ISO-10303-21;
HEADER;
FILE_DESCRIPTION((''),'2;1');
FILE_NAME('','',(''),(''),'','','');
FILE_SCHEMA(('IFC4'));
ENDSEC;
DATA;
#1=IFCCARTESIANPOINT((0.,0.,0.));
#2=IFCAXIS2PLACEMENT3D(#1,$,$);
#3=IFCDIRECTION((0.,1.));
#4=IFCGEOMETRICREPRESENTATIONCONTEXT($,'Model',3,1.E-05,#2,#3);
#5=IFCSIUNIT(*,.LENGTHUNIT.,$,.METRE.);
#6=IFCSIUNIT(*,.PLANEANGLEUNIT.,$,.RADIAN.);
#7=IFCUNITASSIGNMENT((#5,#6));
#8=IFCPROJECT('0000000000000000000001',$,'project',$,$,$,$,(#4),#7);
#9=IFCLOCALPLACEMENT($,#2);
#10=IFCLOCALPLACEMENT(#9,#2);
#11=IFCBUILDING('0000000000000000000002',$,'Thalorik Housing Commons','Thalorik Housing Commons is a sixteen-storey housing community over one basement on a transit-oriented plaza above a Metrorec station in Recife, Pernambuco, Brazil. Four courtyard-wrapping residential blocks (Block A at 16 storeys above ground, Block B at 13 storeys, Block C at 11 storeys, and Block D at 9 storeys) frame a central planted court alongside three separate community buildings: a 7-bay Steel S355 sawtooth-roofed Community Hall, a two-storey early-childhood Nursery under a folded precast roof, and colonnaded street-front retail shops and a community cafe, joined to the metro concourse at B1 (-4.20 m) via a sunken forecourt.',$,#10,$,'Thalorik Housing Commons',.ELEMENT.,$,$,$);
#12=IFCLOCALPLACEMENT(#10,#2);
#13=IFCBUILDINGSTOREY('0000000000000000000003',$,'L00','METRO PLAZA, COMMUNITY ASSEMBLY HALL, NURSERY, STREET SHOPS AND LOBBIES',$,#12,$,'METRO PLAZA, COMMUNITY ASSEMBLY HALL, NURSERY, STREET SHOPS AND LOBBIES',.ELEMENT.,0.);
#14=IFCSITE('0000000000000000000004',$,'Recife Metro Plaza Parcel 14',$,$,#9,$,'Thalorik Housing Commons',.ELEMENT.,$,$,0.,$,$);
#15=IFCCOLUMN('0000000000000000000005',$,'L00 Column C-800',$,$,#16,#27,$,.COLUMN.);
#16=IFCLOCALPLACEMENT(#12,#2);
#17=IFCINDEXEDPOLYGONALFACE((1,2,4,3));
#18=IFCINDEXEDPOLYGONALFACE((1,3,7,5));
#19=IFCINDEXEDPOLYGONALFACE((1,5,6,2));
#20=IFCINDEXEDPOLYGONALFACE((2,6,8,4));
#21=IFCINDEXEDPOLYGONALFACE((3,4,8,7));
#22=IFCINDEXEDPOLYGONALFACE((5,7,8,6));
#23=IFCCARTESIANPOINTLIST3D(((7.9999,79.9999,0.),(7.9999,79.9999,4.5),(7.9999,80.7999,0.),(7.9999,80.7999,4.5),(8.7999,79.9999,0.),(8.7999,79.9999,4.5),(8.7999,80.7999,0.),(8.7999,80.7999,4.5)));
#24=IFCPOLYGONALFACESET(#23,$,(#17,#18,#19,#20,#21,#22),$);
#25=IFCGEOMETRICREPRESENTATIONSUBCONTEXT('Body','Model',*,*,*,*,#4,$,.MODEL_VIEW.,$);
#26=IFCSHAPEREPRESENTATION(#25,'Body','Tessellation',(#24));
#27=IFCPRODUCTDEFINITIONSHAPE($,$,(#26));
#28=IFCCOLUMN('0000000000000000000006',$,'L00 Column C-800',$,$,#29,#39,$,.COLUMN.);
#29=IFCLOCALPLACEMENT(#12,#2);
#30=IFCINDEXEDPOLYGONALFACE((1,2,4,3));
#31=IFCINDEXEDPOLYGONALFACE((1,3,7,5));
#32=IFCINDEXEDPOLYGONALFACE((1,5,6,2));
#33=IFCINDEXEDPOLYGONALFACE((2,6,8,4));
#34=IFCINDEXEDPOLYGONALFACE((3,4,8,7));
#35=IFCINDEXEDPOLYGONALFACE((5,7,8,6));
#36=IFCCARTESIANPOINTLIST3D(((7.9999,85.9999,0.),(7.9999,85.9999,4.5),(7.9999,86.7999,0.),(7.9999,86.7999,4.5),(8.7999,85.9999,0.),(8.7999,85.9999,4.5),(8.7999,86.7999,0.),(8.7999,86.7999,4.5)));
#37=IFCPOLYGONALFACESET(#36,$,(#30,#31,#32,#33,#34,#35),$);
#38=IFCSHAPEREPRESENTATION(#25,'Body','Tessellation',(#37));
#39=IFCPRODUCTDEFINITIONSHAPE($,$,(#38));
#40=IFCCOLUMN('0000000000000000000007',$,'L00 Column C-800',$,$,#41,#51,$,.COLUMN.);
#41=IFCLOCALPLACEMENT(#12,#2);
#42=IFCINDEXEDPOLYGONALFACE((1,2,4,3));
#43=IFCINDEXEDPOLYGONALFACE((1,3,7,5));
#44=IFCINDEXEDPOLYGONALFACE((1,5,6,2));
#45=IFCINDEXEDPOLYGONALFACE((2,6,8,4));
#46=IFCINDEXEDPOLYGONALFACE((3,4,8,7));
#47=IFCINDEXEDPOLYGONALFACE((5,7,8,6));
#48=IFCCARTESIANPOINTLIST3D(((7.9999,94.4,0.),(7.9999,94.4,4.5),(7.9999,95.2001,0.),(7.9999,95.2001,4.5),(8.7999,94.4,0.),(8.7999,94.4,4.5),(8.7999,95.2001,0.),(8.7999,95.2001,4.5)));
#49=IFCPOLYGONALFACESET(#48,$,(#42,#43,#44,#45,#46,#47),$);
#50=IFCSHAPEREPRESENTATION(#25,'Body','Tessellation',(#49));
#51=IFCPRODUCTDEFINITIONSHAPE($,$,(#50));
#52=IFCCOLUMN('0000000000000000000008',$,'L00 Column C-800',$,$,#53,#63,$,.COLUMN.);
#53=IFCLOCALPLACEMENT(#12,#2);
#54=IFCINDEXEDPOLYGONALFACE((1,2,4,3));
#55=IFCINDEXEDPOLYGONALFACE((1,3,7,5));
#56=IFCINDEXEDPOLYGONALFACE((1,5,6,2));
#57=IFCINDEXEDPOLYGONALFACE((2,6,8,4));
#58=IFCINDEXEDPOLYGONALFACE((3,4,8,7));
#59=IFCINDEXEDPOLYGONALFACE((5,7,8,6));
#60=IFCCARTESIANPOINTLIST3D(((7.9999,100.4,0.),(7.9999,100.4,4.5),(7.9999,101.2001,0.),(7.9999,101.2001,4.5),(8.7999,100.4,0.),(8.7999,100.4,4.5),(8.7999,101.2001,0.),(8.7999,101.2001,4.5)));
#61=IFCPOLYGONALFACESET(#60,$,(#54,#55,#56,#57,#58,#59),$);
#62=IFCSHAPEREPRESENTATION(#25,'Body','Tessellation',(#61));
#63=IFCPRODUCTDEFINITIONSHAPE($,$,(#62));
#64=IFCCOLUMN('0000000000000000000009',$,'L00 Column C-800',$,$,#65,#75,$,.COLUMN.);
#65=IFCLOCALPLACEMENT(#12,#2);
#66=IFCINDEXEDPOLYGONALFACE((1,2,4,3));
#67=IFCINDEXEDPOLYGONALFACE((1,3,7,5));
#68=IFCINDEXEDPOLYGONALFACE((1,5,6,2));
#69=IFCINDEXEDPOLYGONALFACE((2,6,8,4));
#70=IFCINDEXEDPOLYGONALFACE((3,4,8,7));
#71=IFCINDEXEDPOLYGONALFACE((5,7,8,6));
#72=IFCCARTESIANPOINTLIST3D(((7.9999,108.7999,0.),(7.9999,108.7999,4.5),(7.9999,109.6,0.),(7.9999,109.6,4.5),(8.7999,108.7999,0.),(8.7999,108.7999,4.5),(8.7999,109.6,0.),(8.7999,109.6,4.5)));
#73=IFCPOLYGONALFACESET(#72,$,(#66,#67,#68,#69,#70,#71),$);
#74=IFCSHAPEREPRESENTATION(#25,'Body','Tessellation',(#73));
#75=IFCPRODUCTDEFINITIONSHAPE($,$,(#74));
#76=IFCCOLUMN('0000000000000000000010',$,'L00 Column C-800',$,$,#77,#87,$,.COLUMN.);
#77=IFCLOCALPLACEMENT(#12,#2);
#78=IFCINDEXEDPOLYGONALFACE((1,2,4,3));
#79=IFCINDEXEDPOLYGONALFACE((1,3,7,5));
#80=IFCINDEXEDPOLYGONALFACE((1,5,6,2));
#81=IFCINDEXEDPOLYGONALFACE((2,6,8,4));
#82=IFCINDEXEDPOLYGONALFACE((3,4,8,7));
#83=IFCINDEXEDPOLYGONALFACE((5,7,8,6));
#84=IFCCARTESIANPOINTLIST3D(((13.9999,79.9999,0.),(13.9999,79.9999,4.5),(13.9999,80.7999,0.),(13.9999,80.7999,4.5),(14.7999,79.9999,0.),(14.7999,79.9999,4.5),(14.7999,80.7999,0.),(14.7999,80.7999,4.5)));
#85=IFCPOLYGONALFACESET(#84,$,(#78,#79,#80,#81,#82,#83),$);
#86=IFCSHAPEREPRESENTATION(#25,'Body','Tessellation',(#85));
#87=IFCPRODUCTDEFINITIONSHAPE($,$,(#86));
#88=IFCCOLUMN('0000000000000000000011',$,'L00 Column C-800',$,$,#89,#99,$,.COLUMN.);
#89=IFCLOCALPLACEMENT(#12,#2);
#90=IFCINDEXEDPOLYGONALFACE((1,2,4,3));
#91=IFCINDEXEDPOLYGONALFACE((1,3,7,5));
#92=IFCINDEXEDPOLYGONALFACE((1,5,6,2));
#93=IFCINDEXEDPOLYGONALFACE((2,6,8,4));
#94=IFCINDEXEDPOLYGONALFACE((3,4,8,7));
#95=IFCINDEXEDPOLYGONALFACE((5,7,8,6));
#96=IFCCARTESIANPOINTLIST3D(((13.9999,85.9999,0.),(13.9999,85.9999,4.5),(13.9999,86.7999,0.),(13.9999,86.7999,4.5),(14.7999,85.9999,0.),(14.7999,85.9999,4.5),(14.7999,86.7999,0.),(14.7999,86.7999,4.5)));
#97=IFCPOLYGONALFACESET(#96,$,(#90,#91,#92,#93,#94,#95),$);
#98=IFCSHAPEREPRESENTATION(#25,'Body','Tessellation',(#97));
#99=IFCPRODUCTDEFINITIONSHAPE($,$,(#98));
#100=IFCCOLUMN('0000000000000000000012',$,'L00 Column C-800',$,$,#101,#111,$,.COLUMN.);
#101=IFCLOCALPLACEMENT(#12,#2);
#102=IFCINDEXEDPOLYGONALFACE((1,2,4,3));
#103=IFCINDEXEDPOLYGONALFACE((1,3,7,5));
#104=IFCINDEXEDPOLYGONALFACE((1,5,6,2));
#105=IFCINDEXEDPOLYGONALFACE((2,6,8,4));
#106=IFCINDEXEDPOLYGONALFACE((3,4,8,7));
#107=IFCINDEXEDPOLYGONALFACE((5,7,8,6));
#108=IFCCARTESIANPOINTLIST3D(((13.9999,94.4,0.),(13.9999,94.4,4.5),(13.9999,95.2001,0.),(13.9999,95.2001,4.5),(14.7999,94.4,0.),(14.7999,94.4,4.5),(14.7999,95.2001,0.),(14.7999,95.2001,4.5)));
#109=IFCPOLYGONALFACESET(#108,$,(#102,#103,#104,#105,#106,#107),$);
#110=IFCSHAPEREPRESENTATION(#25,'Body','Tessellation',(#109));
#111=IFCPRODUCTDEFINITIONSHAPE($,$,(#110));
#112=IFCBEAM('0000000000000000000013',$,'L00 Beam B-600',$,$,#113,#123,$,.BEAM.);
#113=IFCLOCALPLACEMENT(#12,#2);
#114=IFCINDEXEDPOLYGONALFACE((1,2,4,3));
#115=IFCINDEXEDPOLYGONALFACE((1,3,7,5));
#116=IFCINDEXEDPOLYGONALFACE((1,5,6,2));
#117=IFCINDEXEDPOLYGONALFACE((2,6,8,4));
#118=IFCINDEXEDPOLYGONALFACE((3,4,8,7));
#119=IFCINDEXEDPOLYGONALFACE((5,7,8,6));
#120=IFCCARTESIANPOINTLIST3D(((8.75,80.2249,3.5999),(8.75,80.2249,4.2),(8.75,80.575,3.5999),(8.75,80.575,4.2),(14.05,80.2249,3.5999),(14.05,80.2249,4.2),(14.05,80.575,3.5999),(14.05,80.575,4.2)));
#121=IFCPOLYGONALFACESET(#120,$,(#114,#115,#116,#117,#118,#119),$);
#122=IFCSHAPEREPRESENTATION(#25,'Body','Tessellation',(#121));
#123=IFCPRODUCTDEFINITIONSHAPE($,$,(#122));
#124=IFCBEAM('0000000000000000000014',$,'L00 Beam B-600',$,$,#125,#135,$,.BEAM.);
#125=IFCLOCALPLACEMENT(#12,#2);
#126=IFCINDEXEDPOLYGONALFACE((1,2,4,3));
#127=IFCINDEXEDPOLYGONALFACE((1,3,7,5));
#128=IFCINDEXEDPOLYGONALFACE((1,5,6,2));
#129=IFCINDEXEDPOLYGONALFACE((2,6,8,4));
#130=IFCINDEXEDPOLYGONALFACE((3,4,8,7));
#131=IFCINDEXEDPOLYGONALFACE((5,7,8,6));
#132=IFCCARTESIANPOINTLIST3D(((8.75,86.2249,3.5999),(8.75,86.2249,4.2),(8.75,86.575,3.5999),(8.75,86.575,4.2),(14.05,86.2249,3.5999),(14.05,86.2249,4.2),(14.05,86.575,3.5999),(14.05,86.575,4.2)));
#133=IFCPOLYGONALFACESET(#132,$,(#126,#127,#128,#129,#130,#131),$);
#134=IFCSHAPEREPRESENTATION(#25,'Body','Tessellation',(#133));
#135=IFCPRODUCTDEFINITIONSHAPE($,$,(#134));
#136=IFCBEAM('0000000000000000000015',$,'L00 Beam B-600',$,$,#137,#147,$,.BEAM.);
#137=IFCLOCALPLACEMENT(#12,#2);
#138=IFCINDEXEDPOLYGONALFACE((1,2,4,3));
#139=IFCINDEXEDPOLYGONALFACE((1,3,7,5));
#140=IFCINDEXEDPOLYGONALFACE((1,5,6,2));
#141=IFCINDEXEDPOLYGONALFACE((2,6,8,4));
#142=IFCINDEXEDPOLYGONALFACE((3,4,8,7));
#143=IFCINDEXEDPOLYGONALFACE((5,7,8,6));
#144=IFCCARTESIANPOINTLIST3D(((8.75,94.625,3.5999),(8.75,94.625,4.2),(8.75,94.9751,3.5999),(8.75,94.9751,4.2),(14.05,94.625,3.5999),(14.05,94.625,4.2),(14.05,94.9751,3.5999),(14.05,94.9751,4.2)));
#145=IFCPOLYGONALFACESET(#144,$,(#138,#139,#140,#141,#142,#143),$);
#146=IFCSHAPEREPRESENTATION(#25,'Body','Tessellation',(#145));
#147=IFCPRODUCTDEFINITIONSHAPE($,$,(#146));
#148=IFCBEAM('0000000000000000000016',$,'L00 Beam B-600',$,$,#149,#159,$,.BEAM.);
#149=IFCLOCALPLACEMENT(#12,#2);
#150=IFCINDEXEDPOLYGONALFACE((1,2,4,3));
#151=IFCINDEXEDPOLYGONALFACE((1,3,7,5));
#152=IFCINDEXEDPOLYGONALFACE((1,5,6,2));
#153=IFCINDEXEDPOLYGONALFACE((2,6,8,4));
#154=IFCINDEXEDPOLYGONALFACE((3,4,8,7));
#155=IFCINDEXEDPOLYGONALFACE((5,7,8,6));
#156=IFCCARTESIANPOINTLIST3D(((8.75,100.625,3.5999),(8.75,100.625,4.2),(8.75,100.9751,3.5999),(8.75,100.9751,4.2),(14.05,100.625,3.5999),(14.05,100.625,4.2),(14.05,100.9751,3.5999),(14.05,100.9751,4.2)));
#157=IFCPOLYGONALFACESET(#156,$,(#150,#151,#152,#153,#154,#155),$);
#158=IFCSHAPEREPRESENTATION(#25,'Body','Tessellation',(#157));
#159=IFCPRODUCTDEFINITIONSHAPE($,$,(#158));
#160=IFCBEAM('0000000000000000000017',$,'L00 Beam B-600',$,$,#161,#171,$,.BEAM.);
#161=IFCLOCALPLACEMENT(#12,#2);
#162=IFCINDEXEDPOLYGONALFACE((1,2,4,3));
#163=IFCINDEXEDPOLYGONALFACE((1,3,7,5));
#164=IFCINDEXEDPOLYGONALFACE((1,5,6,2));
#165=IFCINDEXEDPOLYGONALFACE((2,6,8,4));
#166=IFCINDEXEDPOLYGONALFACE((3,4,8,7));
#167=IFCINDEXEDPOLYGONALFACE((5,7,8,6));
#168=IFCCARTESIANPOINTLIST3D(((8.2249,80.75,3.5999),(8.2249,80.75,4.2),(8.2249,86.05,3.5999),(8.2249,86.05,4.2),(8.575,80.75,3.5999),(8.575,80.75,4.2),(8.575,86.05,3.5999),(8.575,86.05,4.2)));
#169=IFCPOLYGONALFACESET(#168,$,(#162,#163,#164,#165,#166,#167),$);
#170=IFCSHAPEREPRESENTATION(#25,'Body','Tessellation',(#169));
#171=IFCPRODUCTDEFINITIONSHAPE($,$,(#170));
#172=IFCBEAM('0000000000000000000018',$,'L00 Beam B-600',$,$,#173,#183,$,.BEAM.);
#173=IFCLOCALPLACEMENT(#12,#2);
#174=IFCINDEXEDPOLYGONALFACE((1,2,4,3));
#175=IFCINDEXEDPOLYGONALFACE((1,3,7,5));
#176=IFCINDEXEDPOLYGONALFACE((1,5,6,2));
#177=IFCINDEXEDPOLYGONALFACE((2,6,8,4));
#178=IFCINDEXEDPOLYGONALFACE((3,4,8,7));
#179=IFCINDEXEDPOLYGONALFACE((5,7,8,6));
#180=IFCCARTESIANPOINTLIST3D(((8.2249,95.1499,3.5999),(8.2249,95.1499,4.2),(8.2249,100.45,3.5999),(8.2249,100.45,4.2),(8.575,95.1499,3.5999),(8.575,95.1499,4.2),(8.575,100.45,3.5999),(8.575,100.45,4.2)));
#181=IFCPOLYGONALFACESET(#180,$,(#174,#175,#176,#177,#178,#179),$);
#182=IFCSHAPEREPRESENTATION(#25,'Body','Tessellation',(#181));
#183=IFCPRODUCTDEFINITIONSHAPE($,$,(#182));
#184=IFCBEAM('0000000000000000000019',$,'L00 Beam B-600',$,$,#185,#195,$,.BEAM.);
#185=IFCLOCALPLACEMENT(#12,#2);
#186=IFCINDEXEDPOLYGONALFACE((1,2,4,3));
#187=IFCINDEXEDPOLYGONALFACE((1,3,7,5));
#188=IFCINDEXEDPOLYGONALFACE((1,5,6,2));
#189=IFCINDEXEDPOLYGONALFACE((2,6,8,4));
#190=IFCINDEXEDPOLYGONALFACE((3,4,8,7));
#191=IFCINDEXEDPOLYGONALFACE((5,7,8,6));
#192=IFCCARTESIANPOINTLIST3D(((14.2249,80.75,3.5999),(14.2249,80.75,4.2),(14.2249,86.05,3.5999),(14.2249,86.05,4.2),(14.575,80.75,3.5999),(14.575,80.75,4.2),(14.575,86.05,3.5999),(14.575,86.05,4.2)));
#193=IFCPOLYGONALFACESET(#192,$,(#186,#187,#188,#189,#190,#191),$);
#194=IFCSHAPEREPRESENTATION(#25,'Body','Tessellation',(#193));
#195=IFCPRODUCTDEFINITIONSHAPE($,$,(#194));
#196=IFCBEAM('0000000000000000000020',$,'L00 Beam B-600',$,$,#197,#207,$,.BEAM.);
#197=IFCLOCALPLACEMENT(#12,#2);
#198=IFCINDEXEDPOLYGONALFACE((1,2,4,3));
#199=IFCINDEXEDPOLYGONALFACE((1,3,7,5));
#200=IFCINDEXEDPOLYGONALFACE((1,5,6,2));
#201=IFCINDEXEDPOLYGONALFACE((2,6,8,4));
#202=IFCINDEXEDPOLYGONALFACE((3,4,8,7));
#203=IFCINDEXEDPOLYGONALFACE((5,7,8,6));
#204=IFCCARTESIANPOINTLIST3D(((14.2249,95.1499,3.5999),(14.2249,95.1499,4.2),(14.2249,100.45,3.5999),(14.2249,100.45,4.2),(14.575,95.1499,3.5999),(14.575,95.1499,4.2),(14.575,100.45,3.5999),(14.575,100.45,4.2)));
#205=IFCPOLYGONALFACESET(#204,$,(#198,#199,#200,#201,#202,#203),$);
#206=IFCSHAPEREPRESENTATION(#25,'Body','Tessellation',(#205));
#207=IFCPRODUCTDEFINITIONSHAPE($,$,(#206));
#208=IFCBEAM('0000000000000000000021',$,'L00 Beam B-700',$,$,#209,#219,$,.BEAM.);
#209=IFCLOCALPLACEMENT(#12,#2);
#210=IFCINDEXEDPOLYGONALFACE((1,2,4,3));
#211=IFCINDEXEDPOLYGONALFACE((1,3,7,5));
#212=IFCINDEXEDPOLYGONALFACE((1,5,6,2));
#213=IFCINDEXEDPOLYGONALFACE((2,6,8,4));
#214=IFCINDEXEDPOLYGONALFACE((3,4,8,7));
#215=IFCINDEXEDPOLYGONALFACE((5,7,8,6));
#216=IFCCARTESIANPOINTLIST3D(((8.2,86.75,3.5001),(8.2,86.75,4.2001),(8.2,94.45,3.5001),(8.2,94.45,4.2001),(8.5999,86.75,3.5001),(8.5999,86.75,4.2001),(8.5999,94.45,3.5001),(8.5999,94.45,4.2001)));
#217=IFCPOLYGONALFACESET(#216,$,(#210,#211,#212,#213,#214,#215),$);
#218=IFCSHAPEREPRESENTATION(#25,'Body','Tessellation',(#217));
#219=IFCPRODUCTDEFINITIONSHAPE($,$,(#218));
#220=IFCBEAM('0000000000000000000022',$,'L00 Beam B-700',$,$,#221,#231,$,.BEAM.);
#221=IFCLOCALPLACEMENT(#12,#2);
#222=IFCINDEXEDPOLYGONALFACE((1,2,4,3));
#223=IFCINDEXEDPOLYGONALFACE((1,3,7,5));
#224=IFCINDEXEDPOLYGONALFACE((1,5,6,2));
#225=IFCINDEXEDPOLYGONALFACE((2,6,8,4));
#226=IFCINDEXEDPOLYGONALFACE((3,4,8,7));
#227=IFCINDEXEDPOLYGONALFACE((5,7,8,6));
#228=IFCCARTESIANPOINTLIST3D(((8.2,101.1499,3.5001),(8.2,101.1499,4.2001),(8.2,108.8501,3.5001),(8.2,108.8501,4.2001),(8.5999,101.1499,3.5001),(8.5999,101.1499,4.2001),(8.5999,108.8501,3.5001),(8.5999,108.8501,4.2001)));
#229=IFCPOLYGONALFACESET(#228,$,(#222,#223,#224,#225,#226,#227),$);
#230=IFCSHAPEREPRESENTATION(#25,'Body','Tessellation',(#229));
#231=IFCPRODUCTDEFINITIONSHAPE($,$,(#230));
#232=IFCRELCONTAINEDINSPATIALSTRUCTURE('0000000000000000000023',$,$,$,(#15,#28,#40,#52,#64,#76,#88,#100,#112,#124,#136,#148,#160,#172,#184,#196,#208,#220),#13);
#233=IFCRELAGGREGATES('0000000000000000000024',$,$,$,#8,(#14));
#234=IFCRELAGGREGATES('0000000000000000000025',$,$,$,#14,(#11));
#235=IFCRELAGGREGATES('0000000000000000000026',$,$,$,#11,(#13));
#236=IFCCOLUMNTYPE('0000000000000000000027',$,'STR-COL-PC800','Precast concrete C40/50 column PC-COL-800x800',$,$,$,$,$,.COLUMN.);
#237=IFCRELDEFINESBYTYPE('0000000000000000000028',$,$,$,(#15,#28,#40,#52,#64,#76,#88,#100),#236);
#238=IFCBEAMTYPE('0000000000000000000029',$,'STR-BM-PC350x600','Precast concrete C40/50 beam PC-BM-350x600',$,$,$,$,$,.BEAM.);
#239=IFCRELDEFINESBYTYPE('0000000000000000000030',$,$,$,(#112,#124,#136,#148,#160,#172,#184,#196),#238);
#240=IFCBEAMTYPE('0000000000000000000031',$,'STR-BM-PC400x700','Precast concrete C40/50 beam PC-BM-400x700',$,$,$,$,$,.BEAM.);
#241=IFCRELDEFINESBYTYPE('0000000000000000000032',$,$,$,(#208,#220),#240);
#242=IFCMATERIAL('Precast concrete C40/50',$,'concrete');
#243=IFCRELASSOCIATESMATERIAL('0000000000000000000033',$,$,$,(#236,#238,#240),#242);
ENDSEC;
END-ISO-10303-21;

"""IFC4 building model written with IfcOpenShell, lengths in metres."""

from ifc_helpers import new_model, si_unit, direction, frame, origin, origin_2d, place, context, subcontext, project, spatial, rectangle, extrude, material, material_profile, profile_set, type_object, element, save


model = new_model("IFC4")

# Units and contexts
model_context = context("Model", 3, precision=1e-05, world=origin(), true_north=direction((0.0, 1.0)))
body_context = subcontext(model_context, "Body", "Model", "MODEL_VIEW")
ifc_project = project(units=[si_unit("LENGTHUNIT", "METRE"), si_unit("PLANEANGLEUNIT", "RADIAN")], contexts=[model_context])

# Site, building, storey
site_placement = place(None, origin())
site = spatial("IfcSite", under=ifc_project, at=site_placement, Name="Recife Metro Plaza Parcel 14", LongName="Thalorik Housing Commons", CompositionType="ELEMENT", RefElevation=0.0)
building_placement = place(site_placement, origin())
building = spatial("IfcBuilding", under=site, at=building_placement, Name="Thalorik Housing Commons", Description="Thalorik Housing Commons is a sixteen-storey housing community over one basement on a transit-oriented plaza above a Metrorec station in Recife, Pernambuco, Brazil. Four courtyard-wrapping residential blocks (Block A at 16 storeys above ground, Block B at 13 storeys, Block C at 11 storeys, and Block D at 9 storeys) frame a central planted court alongside three separate community buildings: a 7-bay Steel S355 sawtooth-roofed Community Hall, a two-storey early-childhood Nursery under a folded precast roof, and colonnaded street-front retail shops and a community cafe, joined to the metro concourse at B1 (-4.20 m) via a sunken forecourt.", LongName="Thalorik Housing Commons", CompositionType="ELEMENT")
storey_placement = place(building_placement, origin())
storey = spatial("IfcBuildingStorey", under=building, at=storey_placement, Name="L00", Description="METRO PLAZA, COMMUNITY ASSEMBLY HALL, NURSERY, STREET SHOPS AND LOBBIES", LongName="METRO PLAZA, COMMUNITY ASSEMBLY HALL, NURSERY, STREET SHOPS AND LOBBIES", CompositionType="ELEMENT", Elevation=0.0)

# Columns
ifc_material_1 = material(Name="Precast concrete C40/50", Category="concrete")
ifc_material_profile_1 = material_profile(ifc_material_1, rectangle(XDim=0.8, YDim=0.8, at=origin_2d()), Name="PC 800x800", Category="concrete")
ifc_profile_set_1 = profile_set([ifc_material_profile_1], Name="Precast concrete C40/50")
column_type = type_object("IfcColumnType", Name="STR-COL-PC800", Description="Precast concrete C40/50 column PC-COL-800x800", PredefinedType="COLUMN", material=ifc_profile_set_1)
for number, where, z_axis, x_axis, name in (
    (1, (8.3999, 80.3999, 0.0), (0.0, 0.0, 1.0), (1.0, 0.0, 0.0), "L00 Column C-800"),
    (2, (8.3999, 86.3999, 0.0), (0.0, 0.0, 1.0), (1.0, 0.0, 0.0), "L00 Column C-800"),
    (3, (8.3999, 94.8, 0.0), (0.0, 0.0, 1.0), (1.0, 0.0, 0.0), "L00 Column C-800"),
    (4, (8.3999, 100.8, 0.0), (0.0, 0.0, 1.0), (1.0, 0.0, 0.0), "L00 Column C-800"),
    (5, (8.3999, 109.2, 0.0), (0.0, 0.0, 1.0), (1.0, 0.0, 0.0), "L00 Column C-800"),
    (6, (14.3999, 80.3999, 0.0), (0.0, 0.0, 1.0), (1.0, 0.0, 0.0), "L00 Column C-800"),
    (7, (14.3999, 86.3999, 0.0), (0.0, 0.0, 1.0), (1.0, 0.0, 0.0), "L00 Column C-800"),
    (8, (14.3999, 94.8, 0.0), (0.0, 0.0, 1.0), (1.0, 0.0, 0.0), "L00 Column C-800"),
):
    element("IfcColumn", number, at=place(storey_placement, frame(where, z_axis=z_axis, x_axis=x_axis)), inside=storey, type_object=column_type, Name=name, PredefinedType="COLUMN", context=body_context, shape_type="SweptSolid", body=[
        extrude(rectangle(XDim=0.8, YDim=0.8, at=origin_2d()), origin(), (0.0, 0.0, 1.0), 4.5),
    ])

# Beams
ifc_material_profile_2 = material_profile(ifc_material_1, rectangle(XDim=0.3501, YDim=0.6001, at=origin_2d()), Name="PC 350x600", Category="concrete")
ifc_profile_set_2 = profile_set([ifc_material_profile_2], Name="Precast concrete C40/50")
beam_type_1 = type_object("IfcBeamType", Name="STR-BM-PC350x600", Description="Precast concrete C40/50 beam PC-BM-350x600", PredefinedType="BEAM", material=ifc_profile_set_2)
for number, where, z_axis, x_axis, name in (
    (9, (8.75, 80.3999, 3.8999), (1.0, 0.0, 0.0), (0.0, 1.0, 0.0), "L00 Beam B-600"),
    (10, (8.75, 86.3999, 3.8999), (1.0, 0.0, 0.0), (0.0, 1.0, 0.0), "L00 Beam B-600"),
    (11, (8.75, 94.8, 3.8999), (1.0, 0.0, 0.0), (0.0, 1.0, 0.0), "L00 Beam B-600"),
    (12, (8.75, 100.8, 3.8999), (1.0, 0.0, 0.0), (0.0, 1.0, 0.0), "L00 Beam B-600"),
    (13, (8.3999, 80.75, 3.8999), (0.0, 1.0, 0.0), (-1.0, 0.0, 0.0), "L00 Beam B-600"),
    (14, (8.3999, 95.1499, 3.8999), (0.0, 1.0, 0.0), (-1.0, 0.0, 0.0), "L00 Beam B-600"),
    (15, (14.3999, 80.75, 3.8999), (0.0, 1.0, 0.0), (-1.0, 0.0, 0.0), "L00 Beam B-600"),
    (16, (14.3999, 95.1499, 3.8999), (0.0, 1.0, 0.0), (-1.0, 0.0, 0.0), "L00 Beam B-600"),
):
    element("IfcBeam", number, at=place(storey_placement, frame(where, z_axis=z_axis, x_axis=x_axis)), inside=storey, type_object=beam_type_1, Name=name, PredefinedType="BEAM", context=body_context, shape_type="SweptSolid", body=[
        extrude(rectangle(XDim=0.3501, YDim=0.6001, at=origin_2d()), origin(), (0.0, 0.0, 1.0), 5.3),
    ])
ifc_material_profile_3 = material_profile(ifc_material_1, rectangle(XDim=0.3999, YDim=0.7, at=origin_2d()), Name="PC 400x700", Category="concrete")
ifc_profile_set_3 = profile_set([ifc_material_profile_3], Name="Precast concrete C40/50")
beam_type_2 = type_object("IfcBeamType", Name="STR-BM-PC400x700", Description="Precast concrete C40/50 beam PC-BM-400x700", PredefinedType="BEAM", material=ifc_profile_set_3)
beam_1_placement = place(storey_placement, frame((8.3999, 86.75, 3.8501), z_axis=(0.0, 1.0, 0.0), x_axis=(-1.0, 0.0, 0.0)))
element("IfcBeam", 17, at=beam_1_placement, inside=storey, type_object=beam_type_2, Name="L00 Beam B-700", PredefinedType="BEAM", context=body_context, shape_type="SweptSolid", body=[
    extrude(rectangle(XDim=0.3999, YDim=0.7, at=origin_2d()), origin(), (0.0, 0.0, 1.0), 7.7),
])
beam_2_placement = place(storey_placement, frame((8.3999, 101.1499, 3.8501), z_axis=(0.0, 1.0, 0.0), x_axis=(-1.0, 0.0, 0.0)))
element("IfcBeam", 18, at=beam_2_placement, inside=storey, type_object=beam_type_2, Name="L00 Beam B-700", PredefinedType="BEAM", context=body_context, shape_type="SweptSolid", body=[
    extrude(rectangle(XDim=0.3999, YDim=0.7, at=origin_2d()), origin(), (0.0, 0.0, 1.0), 7.7002),
])

save(model, "model.ifc")
